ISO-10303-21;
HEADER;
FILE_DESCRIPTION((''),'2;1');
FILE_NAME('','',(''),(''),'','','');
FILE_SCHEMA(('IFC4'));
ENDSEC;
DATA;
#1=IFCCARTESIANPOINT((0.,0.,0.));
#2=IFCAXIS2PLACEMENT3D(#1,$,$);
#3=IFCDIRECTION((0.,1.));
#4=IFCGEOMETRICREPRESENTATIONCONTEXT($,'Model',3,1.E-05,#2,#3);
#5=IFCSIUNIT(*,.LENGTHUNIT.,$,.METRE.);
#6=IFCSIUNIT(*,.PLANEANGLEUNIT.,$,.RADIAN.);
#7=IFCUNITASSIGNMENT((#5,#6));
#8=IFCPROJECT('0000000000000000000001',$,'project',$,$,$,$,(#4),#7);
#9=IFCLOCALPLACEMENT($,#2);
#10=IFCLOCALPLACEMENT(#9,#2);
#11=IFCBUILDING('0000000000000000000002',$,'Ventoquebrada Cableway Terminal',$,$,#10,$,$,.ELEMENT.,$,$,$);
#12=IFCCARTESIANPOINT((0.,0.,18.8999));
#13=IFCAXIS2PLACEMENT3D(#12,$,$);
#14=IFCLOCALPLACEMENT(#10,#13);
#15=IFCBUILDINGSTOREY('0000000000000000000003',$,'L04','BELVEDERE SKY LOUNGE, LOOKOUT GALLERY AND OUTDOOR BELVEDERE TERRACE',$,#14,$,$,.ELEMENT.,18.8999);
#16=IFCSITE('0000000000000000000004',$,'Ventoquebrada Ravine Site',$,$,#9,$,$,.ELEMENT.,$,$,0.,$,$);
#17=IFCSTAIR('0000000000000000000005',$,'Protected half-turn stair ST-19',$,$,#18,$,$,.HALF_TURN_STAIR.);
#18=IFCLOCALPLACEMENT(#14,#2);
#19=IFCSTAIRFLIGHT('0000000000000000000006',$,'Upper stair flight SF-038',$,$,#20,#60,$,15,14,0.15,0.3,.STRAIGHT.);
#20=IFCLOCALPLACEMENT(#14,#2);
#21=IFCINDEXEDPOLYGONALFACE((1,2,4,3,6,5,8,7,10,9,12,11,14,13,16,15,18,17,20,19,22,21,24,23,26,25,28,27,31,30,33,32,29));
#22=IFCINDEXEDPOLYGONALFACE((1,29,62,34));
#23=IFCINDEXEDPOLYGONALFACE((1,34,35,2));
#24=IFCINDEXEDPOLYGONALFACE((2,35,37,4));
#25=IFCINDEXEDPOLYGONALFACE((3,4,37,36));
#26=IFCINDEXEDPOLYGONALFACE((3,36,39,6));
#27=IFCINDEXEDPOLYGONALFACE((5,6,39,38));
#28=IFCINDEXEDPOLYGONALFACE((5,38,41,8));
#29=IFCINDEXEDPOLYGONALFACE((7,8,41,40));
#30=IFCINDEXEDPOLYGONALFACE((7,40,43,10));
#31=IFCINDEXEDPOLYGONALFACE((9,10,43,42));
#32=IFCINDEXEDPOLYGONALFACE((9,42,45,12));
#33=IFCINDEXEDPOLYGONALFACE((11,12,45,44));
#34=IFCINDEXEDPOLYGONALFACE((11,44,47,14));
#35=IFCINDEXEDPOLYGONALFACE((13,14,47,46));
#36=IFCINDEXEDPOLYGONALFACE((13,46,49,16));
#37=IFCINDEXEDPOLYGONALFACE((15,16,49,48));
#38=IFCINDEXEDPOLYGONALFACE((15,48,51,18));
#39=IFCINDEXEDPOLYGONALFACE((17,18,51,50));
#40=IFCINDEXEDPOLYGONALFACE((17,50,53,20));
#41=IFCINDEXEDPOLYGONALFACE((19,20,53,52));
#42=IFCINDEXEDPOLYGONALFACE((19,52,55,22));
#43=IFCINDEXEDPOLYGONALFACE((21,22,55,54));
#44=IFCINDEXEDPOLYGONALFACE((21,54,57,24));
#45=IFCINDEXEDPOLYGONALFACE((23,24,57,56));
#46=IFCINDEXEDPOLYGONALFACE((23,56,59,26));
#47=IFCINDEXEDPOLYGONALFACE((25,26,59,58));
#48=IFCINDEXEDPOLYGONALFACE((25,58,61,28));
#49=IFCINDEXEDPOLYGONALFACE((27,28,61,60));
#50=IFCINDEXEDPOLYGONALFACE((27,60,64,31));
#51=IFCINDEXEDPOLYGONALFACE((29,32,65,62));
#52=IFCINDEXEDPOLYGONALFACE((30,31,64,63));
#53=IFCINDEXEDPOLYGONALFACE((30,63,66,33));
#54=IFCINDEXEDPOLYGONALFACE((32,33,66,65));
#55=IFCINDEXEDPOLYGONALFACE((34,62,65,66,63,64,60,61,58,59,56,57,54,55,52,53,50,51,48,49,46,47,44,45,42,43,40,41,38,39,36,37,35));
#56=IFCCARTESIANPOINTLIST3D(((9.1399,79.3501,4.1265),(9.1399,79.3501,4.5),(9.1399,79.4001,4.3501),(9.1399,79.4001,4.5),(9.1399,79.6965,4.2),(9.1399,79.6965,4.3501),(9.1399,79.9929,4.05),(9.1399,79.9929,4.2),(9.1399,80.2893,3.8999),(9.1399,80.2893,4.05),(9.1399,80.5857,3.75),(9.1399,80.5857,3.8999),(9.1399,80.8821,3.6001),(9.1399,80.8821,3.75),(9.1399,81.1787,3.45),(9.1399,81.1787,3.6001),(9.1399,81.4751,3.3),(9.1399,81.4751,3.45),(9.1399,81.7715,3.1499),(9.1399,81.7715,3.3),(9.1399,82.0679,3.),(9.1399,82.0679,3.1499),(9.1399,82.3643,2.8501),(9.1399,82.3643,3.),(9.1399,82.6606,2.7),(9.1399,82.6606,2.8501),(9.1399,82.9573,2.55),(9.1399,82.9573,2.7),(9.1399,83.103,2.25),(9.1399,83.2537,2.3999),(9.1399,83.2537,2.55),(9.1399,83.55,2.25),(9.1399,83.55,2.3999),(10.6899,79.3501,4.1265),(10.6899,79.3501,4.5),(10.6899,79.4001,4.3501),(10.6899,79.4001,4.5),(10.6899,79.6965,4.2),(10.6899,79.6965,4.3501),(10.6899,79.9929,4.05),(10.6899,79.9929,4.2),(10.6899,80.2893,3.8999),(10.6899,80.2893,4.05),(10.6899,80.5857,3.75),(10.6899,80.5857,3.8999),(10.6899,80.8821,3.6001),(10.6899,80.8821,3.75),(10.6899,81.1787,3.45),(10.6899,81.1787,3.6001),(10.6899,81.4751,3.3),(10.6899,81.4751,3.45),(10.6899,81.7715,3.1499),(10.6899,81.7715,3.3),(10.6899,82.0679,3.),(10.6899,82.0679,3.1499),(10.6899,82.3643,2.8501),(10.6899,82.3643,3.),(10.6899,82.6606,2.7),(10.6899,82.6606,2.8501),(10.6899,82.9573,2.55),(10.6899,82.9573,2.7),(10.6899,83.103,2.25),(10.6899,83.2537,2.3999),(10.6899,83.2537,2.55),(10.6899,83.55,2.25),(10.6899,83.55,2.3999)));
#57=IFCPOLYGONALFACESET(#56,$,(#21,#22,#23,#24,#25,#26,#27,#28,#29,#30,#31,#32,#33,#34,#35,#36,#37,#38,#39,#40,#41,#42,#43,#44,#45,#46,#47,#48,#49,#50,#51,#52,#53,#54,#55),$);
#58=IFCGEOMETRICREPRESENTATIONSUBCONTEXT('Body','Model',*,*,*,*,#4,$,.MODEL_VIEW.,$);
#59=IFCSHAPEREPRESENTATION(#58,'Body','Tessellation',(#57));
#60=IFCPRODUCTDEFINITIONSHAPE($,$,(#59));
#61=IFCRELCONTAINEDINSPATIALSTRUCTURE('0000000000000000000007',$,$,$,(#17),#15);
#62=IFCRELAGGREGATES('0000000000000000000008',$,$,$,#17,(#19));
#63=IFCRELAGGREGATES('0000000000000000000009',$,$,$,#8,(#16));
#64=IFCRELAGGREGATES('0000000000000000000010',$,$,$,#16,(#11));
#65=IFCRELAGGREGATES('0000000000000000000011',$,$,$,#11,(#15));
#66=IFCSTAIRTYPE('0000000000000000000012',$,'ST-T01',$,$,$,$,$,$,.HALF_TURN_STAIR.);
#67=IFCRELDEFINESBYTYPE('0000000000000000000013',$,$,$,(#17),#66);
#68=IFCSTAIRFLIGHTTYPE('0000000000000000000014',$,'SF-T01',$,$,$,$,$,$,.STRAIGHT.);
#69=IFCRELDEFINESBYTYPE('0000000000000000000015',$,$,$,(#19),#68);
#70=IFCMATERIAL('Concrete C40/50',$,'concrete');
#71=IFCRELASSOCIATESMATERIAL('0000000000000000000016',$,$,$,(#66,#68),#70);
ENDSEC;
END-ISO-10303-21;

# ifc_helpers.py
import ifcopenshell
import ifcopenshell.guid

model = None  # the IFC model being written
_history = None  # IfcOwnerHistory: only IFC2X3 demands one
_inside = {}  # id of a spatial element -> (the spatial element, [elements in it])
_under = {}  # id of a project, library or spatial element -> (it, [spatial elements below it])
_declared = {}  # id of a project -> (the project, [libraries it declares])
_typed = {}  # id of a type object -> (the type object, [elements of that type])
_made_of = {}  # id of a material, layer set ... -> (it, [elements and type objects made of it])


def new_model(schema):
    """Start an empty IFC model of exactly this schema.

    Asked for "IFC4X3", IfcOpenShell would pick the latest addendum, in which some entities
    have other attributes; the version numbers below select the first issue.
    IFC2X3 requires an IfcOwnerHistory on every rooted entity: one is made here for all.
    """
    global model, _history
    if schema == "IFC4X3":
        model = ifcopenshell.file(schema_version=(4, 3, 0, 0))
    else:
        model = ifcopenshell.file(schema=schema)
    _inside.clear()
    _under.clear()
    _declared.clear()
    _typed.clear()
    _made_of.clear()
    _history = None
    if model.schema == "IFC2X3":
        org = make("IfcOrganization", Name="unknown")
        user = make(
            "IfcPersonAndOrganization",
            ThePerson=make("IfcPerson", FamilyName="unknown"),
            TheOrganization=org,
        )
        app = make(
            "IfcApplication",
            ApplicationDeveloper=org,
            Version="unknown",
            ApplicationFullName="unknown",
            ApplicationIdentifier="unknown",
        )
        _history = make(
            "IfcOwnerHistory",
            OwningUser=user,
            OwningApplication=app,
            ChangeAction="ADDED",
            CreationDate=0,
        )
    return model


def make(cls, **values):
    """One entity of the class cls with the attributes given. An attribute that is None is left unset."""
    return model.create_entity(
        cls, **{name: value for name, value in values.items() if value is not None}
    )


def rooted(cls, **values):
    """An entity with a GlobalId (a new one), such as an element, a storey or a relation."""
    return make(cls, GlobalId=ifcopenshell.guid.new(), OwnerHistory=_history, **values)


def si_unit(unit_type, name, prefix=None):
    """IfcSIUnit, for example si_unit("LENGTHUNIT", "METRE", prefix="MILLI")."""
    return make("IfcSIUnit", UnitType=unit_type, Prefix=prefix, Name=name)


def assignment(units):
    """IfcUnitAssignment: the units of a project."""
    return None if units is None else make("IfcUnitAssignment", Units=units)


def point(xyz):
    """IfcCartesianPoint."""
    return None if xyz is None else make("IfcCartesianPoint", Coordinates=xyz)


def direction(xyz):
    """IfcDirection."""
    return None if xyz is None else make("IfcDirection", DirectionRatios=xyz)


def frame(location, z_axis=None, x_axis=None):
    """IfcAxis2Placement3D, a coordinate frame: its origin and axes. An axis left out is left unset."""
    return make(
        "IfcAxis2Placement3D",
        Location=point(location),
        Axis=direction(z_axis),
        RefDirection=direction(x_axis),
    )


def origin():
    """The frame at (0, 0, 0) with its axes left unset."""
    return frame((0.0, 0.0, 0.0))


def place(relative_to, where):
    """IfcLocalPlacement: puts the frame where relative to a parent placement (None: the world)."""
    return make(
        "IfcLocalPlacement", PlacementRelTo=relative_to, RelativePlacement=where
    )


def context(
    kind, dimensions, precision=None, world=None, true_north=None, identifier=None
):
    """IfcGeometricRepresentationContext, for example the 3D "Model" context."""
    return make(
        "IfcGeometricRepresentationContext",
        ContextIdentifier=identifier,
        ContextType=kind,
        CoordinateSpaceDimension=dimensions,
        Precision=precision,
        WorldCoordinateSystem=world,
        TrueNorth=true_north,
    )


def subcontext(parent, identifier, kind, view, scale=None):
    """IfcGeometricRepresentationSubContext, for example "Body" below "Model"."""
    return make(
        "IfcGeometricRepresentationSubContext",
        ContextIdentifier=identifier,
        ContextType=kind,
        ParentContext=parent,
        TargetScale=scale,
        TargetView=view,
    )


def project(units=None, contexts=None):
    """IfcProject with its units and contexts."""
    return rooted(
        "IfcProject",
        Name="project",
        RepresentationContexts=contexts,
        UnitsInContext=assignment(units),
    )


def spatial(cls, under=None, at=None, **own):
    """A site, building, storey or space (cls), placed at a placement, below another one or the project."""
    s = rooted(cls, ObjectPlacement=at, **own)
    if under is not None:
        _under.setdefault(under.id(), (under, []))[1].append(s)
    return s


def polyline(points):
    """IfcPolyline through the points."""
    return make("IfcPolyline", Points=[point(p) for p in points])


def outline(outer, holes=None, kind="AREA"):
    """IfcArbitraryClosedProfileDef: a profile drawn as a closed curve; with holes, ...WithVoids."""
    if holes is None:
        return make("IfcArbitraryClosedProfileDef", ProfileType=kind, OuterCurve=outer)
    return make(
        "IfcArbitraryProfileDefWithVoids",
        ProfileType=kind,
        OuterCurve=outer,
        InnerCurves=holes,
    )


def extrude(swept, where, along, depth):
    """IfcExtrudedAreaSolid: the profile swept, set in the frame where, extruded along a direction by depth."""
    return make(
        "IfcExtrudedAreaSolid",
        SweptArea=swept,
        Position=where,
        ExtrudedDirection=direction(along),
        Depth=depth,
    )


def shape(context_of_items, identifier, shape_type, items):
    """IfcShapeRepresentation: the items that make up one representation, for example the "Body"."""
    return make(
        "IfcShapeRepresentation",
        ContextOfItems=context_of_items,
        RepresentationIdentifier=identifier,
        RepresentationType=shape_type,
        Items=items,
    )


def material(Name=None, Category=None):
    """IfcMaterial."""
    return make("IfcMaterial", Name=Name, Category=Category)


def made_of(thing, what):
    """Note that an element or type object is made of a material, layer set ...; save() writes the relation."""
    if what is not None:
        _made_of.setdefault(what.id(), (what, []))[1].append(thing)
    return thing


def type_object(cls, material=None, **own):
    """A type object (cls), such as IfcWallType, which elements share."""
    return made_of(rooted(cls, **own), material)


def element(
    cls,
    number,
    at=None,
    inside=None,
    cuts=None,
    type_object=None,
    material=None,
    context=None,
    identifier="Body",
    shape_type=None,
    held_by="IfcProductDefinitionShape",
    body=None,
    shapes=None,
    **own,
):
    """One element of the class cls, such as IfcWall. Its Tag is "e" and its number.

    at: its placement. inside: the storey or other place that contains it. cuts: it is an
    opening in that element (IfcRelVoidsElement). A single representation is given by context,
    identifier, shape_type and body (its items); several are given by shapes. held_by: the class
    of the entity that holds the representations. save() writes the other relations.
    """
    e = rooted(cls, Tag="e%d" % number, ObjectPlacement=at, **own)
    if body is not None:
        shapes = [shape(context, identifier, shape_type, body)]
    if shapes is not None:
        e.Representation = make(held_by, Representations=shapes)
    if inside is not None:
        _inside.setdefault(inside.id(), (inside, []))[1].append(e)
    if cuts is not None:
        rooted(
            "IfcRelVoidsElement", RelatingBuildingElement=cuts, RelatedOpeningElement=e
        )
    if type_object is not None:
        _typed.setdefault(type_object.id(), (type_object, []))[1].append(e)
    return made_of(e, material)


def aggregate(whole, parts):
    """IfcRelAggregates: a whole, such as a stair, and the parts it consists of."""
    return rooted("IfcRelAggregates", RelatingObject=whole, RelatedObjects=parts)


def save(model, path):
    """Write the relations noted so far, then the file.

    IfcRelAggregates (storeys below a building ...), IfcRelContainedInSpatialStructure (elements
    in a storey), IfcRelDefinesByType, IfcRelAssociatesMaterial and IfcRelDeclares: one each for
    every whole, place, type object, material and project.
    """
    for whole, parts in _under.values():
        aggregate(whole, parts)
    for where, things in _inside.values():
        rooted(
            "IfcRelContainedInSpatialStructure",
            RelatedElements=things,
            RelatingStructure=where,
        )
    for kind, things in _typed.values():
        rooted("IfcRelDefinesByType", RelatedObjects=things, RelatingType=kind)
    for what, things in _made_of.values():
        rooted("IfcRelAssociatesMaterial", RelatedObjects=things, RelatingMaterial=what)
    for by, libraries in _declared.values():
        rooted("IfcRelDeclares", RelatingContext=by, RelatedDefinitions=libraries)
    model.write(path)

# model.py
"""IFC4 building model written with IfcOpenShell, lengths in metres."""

from ifc_helpers import new_model, si_unit, direction, frame, origin, place, context, subcontext, project, spatial, polyline, outline, extrude, material, type_object, element, aggregate, save


model = new_model("IFC4")

# Units and contexts
model_context = context("Model", 3, precision=1e-05, world=origin(), true_north=direction((0.0, 1.0)))
body_context = subcontext(model_context, "Body", "Model", "MODEL_VIEW")
ifc_project = project(units=[si_unit("LENGTHUNIT", "METRE"), si_unit("PLANEANGLEUNIT", "RADIAN")], contexts=[model_context])

# Site, building, storey
site_placement = place(None, origin())
site = spatial("IfcSite", under=ifc_project, at=site_placement, Name="Ventoquebrada Ravine Site", CompositionType="ELEMENT", RefElevation=0.0)
building_placement = place(site_placement, origin())
building = spatial("IfcBuilding", under=site, at=building_placement, Name="Ventoquebrada Cableway Terminal", CompositionType="ELEMENT")
storey_placement = place(building_placement, frame((0.0, 0.0, 18.8999)))
storey = spatial("IfcBuildingStorey", under=building, at=storey_placement, Name="L04", Description="BELVEDERE SKY LOUNGE, LOOKOUT GALLERY AND OUTDOOR BELVEDERE TERRACE", CompositionType="ELEMENT", Elevation=18.8999)

# Shared definitions
ifc_material_1 = material(Name="Concrete C40/50", Category="concrete")

# Stair, stair flight
stair_type = type_object("IfcStairType", Name="ST-T01", PredefinedType="HALF_TURN_STAIR", material=ifc_material_1)
stair_placement = place(storey_placement, origin())
stair = element("IfcStair", 1, at=stair_placement, inside=storey, type_object=stair_type, Name="Protected half-turn stair ST-19", PredefinedType="HALF_TURN_STAIR")
stair_flight_type = type_object("IfcStairFlightType", Name="SF-T01", PredefinedType="STRAIGHT", material=ifc_material_1)
stair_flight_placement = place(storey_placement, frame((9.915, 83.55, 2.25), z_axis=(0.0, 0.0, 1.0), x_axis=(0.0, -1.0, 0.0)))
stair_flight = element("IfcStairFlight", 2, at=stair_flight_placement, type_object=stair_flight_type, Name="Upper stair flight SF-038", NumberOfRisers=15, NumberOfTreads=14, PredefinedType="STRAIGHT", RiserHeight=0.15, TreadLength=0.3, context=body_context, shape_type="SweptSolid", body=[
    extrude(outline(polyline([(0.0, 0.0), (0.0, 0.1499), (0.2964, 0.1499), (0.2964, 0.3), (0.5928, 0.3), (0.5928, 0.45), (0.8894, 0.45), (0.8894, 0.6001), (1.1858, 0.6001), (1.1858, 0.75), (1.4822, 0.75), (1.4822, 0.8999), (1.7786, 0.8999), (1.7786, 1.05), (2.075, 1.05), (2.075, 1.2), (2.3713, 1.2), (2.3713, 1.3501), (2.668, 1.3501), (2.668, 1.5), (2.9644, 1.5), (2.9644, 1.6499), (3.2607, 1.6499), (3.2607, 1.8), (3.5571, 1.8), (3.5571, 1.95), (3.8535, 1.95), (3.8535, 2.1001), (4.1499, 2.1001), (4.1499, 2.25), (4.2, 2.25), (4.2, 1.8765), (0.447, 0.0), (0.0, 0.0)])), frame((0.0, 0.7749, 0.0), z_axis=(0.0, -1.0, 0.0), x_axis=(1.0, 0.0, 0.0)), (0.0, 0.0, 1.0), 1.55),
])
aggregate(stair, [stair_flight])

save(model, "model.ifc")
